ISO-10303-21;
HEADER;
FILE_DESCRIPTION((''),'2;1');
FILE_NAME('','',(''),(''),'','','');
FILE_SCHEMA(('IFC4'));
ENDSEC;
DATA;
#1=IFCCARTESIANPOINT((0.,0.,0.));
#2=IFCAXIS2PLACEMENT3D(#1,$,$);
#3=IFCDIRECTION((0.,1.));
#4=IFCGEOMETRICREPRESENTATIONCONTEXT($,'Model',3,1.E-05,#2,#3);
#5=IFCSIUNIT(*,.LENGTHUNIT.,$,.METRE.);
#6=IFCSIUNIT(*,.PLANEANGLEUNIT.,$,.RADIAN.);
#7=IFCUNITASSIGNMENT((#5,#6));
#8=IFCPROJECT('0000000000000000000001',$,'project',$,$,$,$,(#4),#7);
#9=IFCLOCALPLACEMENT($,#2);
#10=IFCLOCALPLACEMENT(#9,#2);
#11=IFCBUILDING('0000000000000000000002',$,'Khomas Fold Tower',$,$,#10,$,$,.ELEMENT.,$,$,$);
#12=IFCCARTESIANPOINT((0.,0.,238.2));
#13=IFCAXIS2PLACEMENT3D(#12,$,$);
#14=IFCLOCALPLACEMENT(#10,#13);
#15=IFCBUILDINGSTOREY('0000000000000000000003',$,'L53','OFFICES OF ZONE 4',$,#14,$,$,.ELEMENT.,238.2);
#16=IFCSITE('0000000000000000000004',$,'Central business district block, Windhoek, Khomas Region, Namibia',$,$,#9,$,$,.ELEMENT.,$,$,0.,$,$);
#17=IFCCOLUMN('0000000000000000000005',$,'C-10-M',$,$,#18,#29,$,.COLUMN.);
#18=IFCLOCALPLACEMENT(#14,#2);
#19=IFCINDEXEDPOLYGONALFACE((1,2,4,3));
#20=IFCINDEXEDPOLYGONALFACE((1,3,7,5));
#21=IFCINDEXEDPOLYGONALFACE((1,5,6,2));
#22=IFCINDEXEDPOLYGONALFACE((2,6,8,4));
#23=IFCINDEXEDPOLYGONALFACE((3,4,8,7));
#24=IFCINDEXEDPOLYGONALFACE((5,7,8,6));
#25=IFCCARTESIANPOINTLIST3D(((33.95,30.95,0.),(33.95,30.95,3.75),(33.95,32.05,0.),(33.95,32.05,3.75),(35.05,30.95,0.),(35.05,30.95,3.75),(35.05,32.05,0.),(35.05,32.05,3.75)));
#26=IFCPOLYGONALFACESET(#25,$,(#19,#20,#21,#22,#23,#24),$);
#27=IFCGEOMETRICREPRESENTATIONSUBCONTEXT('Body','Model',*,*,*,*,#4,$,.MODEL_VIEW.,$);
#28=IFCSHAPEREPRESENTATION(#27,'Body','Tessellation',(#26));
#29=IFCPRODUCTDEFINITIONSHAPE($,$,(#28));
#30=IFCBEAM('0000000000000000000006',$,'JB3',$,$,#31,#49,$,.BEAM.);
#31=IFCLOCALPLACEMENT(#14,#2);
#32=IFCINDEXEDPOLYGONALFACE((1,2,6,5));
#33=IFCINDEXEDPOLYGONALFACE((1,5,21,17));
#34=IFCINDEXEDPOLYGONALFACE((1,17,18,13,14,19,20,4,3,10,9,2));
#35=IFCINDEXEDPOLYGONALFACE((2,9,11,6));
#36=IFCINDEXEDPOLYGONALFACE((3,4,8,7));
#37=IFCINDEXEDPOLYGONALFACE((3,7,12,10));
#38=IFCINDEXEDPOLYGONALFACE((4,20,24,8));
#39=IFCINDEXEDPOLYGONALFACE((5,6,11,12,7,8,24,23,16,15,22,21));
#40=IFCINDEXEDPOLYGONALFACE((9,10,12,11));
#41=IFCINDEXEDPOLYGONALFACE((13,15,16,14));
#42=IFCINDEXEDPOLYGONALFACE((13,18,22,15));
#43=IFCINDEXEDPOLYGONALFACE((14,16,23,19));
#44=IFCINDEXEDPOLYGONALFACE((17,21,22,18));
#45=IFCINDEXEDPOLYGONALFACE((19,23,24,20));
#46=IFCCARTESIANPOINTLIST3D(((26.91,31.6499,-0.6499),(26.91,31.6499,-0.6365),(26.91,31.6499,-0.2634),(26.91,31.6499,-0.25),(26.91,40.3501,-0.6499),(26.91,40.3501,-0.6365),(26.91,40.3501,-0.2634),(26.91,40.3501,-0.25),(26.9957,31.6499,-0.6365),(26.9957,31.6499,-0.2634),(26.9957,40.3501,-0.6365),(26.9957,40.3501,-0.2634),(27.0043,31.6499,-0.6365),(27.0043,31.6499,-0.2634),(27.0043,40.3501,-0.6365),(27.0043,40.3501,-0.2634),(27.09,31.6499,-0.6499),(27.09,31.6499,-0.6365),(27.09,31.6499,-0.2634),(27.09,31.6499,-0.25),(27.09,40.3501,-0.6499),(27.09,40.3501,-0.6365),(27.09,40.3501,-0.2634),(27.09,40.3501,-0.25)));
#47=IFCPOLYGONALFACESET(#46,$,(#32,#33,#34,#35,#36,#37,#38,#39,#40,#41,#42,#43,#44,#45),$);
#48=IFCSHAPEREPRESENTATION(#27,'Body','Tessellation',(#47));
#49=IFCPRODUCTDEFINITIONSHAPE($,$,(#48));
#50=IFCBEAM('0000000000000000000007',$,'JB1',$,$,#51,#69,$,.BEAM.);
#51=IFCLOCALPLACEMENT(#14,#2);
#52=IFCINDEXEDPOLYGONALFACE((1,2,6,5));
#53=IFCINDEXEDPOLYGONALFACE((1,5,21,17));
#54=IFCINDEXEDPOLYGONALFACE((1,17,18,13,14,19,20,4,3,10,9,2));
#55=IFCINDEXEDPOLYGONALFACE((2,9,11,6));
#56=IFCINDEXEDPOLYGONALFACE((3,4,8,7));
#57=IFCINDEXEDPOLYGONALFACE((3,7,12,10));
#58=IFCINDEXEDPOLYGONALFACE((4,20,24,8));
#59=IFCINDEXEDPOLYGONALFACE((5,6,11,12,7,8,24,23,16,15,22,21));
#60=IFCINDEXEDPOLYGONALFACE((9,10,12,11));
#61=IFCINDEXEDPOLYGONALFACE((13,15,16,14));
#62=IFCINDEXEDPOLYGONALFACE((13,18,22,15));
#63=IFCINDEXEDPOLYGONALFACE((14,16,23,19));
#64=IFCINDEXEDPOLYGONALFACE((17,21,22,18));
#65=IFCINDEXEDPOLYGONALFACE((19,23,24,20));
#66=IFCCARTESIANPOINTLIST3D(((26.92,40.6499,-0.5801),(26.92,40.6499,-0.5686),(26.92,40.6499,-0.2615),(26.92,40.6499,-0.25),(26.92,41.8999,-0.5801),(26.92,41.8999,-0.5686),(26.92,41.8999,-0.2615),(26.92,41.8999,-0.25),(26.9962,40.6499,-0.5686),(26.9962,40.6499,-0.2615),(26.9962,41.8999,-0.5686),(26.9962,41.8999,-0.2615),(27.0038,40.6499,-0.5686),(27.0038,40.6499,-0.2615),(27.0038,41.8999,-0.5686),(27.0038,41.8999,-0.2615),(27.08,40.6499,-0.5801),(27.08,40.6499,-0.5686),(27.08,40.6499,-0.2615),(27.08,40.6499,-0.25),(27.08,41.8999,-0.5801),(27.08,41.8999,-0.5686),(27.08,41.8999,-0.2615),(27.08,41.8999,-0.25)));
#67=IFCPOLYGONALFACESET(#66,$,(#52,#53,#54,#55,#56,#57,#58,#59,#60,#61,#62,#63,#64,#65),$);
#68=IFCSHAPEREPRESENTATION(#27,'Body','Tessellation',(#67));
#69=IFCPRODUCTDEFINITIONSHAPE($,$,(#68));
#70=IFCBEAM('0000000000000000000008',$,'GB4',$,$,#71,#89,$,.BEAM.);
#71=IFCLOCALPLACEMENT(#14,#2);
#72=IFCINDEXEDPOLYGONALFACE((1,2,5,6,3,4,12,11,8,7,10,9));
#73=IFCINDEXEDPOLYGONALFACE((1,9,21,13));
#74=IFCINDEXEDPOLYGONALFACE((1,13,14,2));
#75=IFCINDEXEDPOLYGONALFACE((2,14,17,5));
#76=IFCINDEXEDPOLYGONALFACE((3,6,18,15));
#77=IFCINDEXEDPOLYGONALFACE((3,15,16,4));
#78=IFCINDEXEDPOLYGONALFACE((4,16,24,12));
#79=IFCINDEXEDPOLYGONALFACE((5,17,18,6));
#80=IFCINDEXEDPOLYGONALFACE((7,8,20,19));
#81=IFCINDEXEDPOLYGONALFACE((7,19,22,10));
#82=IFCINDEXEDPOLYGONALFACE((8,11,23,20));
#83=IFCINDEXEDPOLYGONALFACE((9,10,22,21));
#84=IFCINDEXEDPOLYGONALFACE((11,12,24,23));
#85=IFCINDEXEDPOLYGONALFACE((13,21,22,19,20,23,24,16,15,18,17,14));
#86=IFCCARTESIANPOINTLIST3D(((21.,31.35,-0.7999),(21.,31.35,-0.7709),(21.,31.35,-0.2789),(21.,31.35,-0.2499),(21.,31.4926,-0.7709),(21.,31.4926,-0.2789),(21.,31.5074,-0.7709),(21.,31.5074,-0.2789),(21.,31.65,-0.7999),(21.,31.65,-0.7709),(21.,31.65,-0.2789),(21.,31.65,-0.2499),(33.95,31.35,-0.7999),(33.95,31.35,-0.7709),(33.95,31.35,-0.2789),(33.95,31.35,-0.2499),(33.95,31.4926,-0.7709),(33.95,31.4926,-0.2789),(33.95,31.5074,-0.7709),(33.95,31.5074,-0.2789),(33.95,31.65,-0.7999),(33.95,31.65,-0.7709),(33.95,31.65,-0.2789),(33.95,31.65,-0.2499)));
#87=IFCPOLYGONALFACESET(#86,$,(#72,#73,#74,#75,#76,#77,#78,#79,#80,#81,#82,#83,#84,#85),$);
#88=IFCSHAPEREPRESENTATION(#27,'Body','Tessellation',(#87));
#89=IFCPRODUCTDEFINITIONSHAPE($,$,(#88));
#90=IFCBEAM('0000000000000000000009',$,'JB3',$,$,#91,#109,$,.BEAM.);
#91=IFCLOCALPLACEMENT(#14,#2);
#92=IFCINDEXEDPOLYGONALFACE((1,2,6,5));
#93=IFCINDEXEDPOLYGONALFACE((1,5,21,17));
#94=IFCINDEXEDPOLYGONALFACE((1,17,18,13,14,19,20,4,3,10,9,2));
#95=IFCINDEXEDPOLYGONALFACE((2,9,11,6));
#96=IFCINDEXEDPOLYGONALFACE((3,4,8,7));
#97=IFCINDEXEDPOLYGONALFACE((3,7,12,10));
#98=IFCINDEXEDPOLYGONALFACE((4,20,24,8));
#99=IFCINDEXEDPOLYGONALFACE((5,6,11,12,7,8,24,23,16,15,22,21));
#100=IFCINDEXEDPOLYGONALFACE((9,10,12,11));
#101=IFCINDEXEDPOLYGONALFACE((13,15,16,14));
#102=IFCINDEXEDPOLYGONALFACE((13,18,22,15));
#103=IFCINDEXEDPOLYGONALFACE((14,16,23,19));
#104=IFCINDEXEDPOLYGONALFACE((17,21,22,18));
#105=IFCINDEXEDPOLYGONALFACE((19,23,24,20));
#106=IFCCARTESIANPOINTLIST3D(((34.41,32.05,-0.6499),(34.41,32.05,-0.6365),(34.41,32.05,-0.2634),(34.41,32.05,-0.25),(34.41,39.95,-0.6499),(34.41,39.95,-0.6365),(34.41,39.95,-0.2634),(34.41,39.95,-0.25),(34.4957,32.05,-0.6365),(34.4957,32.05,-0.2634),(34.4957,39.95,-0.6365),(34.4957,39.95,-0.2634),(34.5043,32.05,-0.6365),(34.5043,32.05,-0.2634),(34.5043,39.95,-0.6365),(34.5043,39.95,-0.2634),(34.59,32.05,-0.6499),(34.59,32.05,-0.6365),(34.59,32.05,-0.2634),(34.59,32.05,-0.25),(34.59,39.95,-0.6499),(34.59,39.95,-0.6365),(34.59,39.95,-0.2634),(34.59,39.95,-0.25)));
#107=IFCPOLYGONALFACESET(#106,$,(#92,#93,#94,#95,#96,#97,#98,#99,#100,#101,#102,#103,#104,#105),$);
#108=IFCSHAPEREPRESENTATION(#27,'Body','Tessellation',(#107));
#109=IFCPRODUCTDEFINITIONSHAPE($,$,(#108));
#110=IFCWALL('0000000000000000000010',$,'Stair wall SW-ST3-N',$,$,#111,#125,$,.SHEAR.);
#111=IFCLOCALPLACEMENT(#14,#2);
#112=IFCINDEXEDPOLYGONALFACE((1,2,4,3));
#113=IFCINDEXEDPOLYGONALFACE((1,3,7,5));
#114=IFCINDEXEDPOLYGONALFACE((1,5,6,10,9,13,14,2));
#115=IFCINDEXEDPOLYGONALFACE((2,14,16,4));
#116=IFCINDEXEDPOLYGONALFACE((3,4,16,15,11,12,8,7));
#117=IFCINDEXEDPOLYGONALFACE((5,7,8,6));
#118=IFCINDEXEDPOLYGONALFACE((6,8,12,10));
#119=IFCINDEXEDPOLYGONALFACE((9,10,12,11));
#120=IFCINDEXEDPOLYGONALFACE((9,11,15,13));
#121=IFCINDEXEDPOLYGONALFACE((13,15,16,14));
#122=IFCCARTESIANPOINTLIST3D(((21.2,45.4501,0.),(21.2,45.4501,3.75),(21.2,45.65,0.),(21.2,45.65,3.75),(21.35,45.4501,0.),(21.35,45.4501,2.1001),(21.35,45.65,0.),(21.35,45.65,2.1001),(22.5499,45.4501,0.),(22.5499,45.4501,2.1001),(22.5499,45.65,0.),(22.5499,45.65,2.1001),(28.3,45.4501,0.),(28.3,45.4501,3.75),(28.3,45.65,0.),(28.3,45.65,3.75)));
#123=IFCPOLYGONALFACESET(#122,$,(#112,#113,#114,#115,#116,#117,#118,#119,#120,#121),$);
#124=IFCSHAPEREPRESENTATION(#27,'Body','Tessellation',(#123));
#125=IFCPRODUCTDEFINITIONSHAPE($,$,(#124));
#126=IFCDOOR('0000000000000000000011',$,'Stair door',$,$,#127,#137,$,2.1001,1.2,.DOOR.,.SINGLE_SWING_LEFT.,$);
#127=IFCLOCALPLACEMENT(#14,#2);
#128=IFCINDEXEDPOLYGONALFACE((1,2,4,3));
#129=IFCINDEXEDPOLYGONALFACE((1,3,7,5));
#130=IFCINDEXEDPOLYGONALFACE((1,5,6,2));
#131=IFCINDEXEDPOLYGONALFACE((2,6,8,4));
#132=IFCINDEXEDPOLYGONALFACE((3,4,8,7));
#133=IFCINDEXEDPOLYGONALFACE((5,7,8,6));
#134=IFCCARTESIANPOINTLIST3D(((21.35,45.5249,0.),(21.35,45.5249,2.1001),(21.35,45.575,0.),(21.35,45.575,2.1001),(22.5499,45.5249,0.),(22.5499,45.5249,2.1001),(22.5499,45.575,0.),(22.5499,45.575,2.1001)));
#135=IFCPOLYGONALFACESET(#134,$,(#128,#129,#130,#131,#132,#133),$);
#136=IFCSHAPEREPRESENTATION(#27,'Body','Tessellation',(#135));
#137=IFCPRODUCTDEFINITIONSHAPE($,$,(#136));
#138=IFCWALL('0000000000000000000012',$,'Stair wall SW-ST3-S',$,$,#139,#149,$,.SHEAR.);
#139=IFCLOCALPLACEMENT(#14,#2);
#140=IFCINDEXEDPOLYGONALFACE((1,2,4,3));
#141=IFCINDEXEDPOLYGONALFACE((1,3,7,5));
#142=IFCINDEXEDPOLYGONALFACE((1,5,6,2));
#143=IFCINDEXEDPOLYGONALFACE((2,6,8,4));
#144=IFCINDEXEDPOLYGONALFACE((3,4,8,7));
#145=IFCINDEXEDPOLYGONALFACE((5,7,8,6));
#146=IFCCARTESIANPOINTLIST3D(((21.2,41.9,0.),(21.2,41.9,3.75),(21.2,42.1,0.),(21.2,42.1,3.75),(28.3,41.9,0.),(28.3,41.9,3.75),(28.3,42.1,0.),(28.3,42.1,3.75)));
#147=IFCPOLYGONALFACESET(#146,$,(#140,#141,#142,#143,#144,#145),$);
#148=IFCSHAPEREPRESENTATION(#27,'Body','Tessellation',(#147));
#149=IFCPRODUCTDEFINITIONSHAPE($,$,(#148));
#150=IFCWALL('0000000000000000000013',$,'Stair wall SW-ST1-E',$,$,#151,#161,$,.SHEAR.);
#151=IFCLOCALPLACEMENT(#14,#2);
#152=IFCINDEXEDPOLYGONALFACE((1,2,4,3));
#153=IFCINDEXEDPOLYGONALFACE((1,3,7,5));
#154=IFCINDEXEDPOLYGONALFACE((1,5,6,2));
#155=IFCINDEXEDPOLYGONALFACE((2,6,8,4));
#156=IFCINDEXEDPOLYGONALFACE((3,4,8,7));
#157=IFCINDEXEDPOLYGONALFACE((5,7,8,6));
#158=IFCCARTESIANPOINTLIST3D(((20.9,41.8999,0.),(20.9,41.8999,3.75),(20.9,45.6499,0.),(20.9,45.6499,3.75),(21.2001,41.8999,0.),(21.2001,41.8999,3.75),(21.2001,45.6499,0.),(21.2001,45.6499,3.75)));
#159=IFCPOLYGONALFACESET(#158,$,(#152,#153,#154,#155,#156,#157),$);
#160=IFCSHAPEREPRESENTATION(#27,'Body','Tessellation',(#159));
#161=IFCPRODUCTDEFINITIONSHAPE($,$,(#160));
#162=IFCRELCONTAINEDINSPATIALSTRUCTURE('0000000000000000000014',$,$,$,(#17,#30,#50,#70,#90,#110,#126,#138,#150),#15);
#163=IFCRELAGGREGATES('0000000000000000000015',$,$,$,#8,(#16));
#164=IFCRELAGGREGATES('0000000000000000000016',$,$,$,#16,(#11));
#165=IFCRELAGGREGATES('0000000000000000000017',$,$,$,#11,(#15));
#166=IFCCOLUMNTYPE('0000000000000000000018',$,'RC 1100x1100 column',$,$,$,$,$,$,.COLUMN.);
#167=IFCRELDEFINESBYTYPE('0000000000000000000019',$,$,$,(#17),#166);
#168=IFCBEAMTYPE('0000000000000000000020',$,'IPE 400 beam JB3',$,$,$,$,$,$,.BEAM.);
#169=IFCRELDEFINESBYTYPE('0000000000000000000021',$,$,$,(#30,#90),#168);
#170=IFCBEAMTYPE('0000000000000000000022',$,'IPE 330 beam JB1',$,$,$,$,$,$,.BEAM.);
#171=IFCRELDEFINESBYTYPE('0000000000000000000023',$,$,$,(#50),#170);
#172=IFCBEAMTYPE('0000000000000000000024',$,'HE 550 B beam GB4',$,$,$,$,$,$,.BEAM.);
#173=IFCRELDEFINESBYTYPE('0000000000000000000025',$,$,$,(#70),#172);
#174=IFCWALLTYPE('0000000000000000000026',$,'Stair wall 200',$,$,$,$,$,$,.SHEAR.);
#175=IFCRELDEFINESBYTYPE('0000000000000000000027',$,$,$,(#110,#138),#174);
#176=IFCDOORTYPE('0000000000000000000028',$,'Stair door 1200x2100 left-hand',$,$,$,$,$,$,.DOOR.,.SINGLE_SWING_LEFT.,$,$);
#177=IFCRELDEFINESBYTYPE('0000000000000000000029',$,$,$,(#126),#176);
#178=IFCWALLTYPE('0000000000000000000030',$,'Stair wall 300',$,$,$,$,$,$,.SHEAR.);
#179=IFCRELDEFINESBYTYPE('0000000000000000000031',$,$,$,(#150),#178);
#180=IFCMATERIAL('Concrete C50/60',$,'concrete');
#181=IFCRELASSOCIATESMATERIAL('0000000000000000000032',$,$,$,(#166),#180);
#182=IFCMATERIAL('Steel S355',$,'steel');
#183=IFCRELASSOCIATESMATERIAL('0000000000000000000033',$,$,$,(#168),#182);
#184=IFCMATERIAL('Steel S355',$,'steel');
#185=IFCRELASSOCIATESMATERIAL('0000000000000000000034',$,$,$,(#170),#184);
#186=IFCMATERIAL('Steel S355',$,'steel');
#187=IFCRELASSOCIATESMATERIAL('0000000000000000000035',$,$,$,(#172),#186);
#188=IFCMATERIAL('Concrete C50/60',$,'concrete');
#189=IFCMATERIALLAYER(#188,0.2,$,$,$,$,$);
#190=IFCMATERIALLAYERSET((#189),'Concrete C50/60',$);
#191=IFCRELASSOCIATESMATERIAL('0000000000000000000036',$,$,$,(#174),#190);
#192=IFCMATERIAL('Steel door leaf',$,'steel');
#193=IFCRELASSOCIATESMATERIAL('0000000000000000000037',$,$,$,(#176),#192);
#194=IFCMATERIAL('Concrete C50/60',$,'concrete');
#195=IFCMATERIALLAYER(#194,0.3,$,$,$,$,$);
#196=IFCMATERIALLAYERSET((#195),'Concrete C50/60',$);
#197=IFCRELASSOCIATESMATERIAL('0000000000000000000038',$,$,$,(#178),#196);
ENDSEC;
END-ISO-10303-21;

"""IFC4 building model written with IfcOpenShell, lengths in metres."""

from ifc_helpers import new_model, si_unit, direction, frame, frame_2d, origin, origin_2d, place, context, subcontext, project, spatial, rectangle, i_section, extrude, source, transform, mapped, material, layer, layer_set, material_profile, profile_set, type_object, element, fill, save


model = new_model("IFC4")

# Units and contexts
model_context = context("Model", 3, precision=1e-05, world=origin(), true_north=direction((0.0, 1.0)))
body_context = subcontext(model_context, "Body", "Model", "MODEL_VIEW")
ifc_project = project(units=[si_unit("LENGTHUNIT", "METRE"), si_unit("PLANEANGLEUNIT", "RADIAN")], contexts=[model_context])

# Site, building, storey
site_placement = place(None, origin())
site = spatial("IfcSite", under=ifc_project, at=site_placement, Name="Central business district block, Windhoek, Khomas Region, Namibia", CompositionType="ELEMENT", RefElevation=0.0)
building_placement = place(site_placement, origin())
building = spatial("IfcBuilding", under=site, at=building_placement, Name="Khomas Fold Tower", CompositionType="ELEMENT")
storey_placement = place(building_placement, frame((0.0, 0.0, 238.2)))
storey = spatial("IfcBuildingStorey", under=building, at=storey_placement, Name="L53", Description="OFFICES OF ZONE 4", CompositionType="ELEMENT", Elevation=238.2)

# Column
ifc_material_1 = material(Name="Concrete C50/60", Category="concrete")
ifc_material_profile_1 = material_profile(ifc_material_1, rectangle(XDim=1.1001, YDim=1.1001, at=origin_2d()), Name="RC 1100x1100")
ifc_profile_set_1 = profile_set([ifc_material_profile_1], Name="Concrete C50/60")
column_type = type_object("IfcColumnType", Name="RC 1100x1100 column", PredefinedType="COLUMN", material=ifc_profile_set_1)
shared_shape_1 = source(origin(), body_context, "Body", "SweptSolid", [
    extrude(rectangle(XDim=1.1001, YDim=1.1001, at=origin_2d()), origin(), (0.0, 0.0, 1.0), 3.75),
])
column_placement = place(storey_placement, frame((34.5, 31.5, 0.0), z_axis=(0.0, 0.0, 1.0), x_axis=(1.0, 0.0, 0.0)))
element("IfcColumn", 1, at=column_placement, inside=storey, type_object=column_type, Name="C-10-M", PredefinedType="COLUMN", context=body_context, shape_type="MappedRepresentation", body=[
    mapped(shared_shape_1, transform((0.0, 0.0, 0.0))),
])

# Beams
ifc_material_2 = material(Name="Steel S355", Category="steel")
ifc_material_profile_2 = material_profile(ifc_material_2, i_section(OverallWidth=0.1799, OverallDepth=0.3999, WebThickness=0.0085, FlangeThickness=0.0134, at=origin_2d()), Name="IPE 400")
ifc_profile_set_2 = profile_set([ifc_material_profile_2], Name="Steel S355")
beam_type_1 = type_object("IfcBeamType", Name="IPE 400 beam JB3", PredefinedType="BEAM", material=ifc_profile_set_2)
shared_shape_2 = source(origin(), body_context, "Body", "SweptSolid", [
    extrude(i_section(OverallWidth=0.1799, OverallDepth=0.3999, WebThickness=0.0085, FlangeThickness=0.0134, at=origin_2d()), origin(), (0.0, 0.0, 1.0), 8.7002),
])
beam_1_placement = place(storey_placement, frame((27.0, 31.6499, -0.45), z_axis=(0.0, 1.0, 0.0), x_axis=(-1.0, 0.0, 0.0)))
element("IfcBeam", 2, at=beam_1_placement, inside=storey, type_object=beam_type_1, Name="JB3", PredefinedType="BEAM", context=body_context, shape_type="MappedRepresentation", body=[
    mapped(shared_shape_2, transform((0.0, 0.0, 0.0))),
])
ifc_material_3 = material(Name="Steel S355", Category="steel")
ifc_material_profile_3 = material_profile(ifc_material_3, i_section(OverallWidth=0.1599, OverallDepth=0.3301, WebThickness=0.0076, FlangeThickness=0.0115, at=origin_2d()), Name="IPE 330")
ifc_profile_set_3 = profile_set([ifc_material_profile_3], Name="Steel S355")
beam_type_2 = type_object("IfcBeamType", Name="IPE 330 beam JB1", PredefinedType="BEAM", material=ifc_profile_set_3)
shared_shape_3 = source(origin(), body_context, "Body", "SweptSolid", [
    extrude(i_section(OverallWidth=0.1599, OverallDepth=0.3301, WebThickness=0.0076, FlangeThickness=0.0115, at=origin_2d()), origin(), (0.0, 0.0, 1.0), 1.25),
])
beam_2_placement = place(storey_placement, frame((27.0, 40.6499, -0.415), z_axis=(0.0, 1.0, 0.0), x_axis=(-1.0, 0.0, 0.0)))
element("IfcBeam", 3, at=beam_2_placement, inside=storey, type_object=beam_type_2, Name="JB1", PredefinedType="BEAM", context=body_context, shape_type="MappedRepresentation", body=[
    mapped(shared_shape_3, transform((0.0, 0.0, 0.0))),
])
ifc_material_4 = material(Name="Steel S355", Category="steel")
ifc_material_profile_4 = material_profile(ifc_material_4, i_section(OverallWidth=0.3, OverallDepth=0.55, WebThickness=0.0149, FlangeThickness=0.0291, at=origin_2d()), Name="HE 550 B")
ifc_profile_set_4 = profile_set([ifc_material_profile_4], Name="Steel S355")
beam_type_3 = type_object("IfcBeamType", Name="HE 550 B beam GB4", PredefinedType="BEAM", material=ifc_profile_set_4)
shared_shape_4 = source(origin(), body_context, "Body", "SweptSolid", [
    extrude(i_section(OverallWidth=0.3, OverallDepth=0.55, WebThickness=0.0149, FlangeThickness=0.0291, at=origin_2d()), origin(), (0.0, 0.0, 1.0), 12.95),
])
beam_3_placement = place(storey_placement, frame((21.0, 31.5, -0.5249), z_axis=(1.0, 0.0, 0.0), x_axis=(0.0, 1.0, 0.0)))
element("IfcBeam", 4, at=beam_3_placement, inside=storey, type_object=beam_type_3, Name="GB4", PredefinedType="BEAM", context=body_context, shape_type="MappedRepresentation", body=[
    mapped(shared_shape_4, transform((0.0, 0.0, 0.0))),
])
shared_shape_5 = source(origin(), body_context, "Body", "SweptSolid", [
    extrude(i_section(OverallWidth=0.1799, OverallDepth=0.3999, WebThickness=0.0085, FlangeThickness=0.0134, at=origin_2d()), origin(), (0.0, 0.0, 1.0), 7.8999),
])
beam_4_placement = place(storey_placement, frame((34.5, 32.05, -0.45), z_axis=(0.0, 1.0, 0.0), x_axis=(-1.0, 0.0, 0.0)))
element("IfcBeam", 5, at=beam_4_placement, inside=storey, type_object=beam_type_1, Name="JB3", PredefinedType="BEAM", context=body_context, shape_type="MappedRepresentation", body=[
    mapped(shared_shape_5, transform((0.0, 0.0, 0.0))),
])

# Wall, opening, door
ifc_material_5 = material(Name="Concrete C50/60", Category="concrete")
ifc_layer_1 = layer(ifc_material_5, 0.2)
ifc_layer_set_1 = layer_set([ifc_layer_1], Name="Concrete C50/60")
wall_type_1 = type_object("IfcWallType", Name="Stair wall 200", PredefinedType="SHEAR", material=ifc_layer_set_1)
shared_shape_6 = source(origin(), body_context, "Body", "SweptSolid", [
    extrude(rectangle(XDim=7.1001, YDim=0.2, at=frame_2d((3.55, 0.0))), origin(), (0.0, 0.0, 1.0), 3.75),
])
wall_1_placement = place(storey_placement, frame((21.2, 45.55, 0.0), z_axis=(0.0, 0.0, 1.0), x_axis=(1.0, 0.0, 0.0)))
wall_1 = element("IfcWall", 6, at=wall_1_placement, inside=storey, type_object=wall_type_1, Name="Stair wall SW-ST3-N", PredefinedType="SHEAR", context=body_context, shape_type="MappedRepresentation", body=[
    mapped(shared_shape_6, transform((0.0, 0.0, 0.0))),
])
shared_shape_7 = source(origin(), body_context, "Body", "SweptSolid", [
    extrude(rectangle(XDim=1.2, YDim=2.1001, at=frame_2d((0.6001, 1.05))), frame((0.0, 0.1099, 0.0), z_axis=(0.0, -1.0, 0.0), x_axis=(1.0, 0.0, 0.0)), (0.0, 0.0, 1.0), 0.22),
])
opening_placement = place(wall_1_placement, frame((0.1499, 0.0, 0.0)))
opening = element("IfcOpeningElement", 7, at=opening_placement, cuts=wall_1, PredefinedType="OPENING", context=body_context, shape_type="MappedRepresentation", body=[
    mapped(shared_shape_7, transform((0.0, 0.0, 0.0))),
])
ifc_material_6 = material(Name="Steel door leaf", Category="steel")
door_type = type_object("IfcDoorType", Name="Stair door 1200x2100 left-hand", OperationType="SINGLE_SWING_LEFT", PredefinedType="DOOR", material=ifc_material_6)
shared_shape_8 = source(origin(), body_context, "Body", "SweptSolid", [
    extrude(rectangle(XDim=1.2, YDim=2.1001, at=frame_2d((0.6001, 1.05))), frame((0.0, 0.0249, 0.0), z_axis=(0.0, -1.0, 0.0), x_axis=(1.0, 0.0, 0.0)), (0.0, 0.0, 1.0), 0.05),
])
door_placement = place(opening_placement, origin())
door = element("IfcDoor", 8, at=door_placement, inside=storey, type_object=door_type, Name="Stair door", OperationType="SINGLE_SWING_LEFT", OverallHeight=2.1001, OverallWidth=1.2, PredefinedType="DOOR", context=body_context, shape_type="MappedRepresentation", body=[
    mapped(shared_shape_8, transform((0.0, 0.0, 0.0))),
])
fill(opening, door)

# Walls
wall_2_placement = place(storey_placement, frame((21.2, 42.0, 0.0), z_axis=(0.0, 0.0, 1.0), x_axis=(1.0, 0.0, 0.0)))
element("IfcWall", 9, at=wall_2_placement, inside=storey, type_object=wall_type_1, Name="Stair wall SW-ST3-S", PredefinedType="SHEAR", context=body_context, shape_type="MappedRepresentation", body=[
    mapped(shared_shape_6, transform((0.0, 0.0, 0.0))),
])
ifc_material_7 = material(Name="Concrete C50/60", Category="concrete")
ifc_layer_2 = layer(ifc_material_7, 0.3)
ifc_layer_set_2 = layer_set([ifc_layer_2], Name="Concrete C50/60")
wall_type_2 = type_object("IfcWallType", Name="Stair wall 300", PredefinedType="SHEAR", material=ifc_layer_set_2)
shared_shape_9 = source(origin(), body_context, "Body", "SweptSolid", [
    extrude(rectangle(XDim=3.75, YDim=0.3, at=frame_2d((1.875, 0.0))), origin(), (0.0, 0.0, 1.0), 3.75),
])
wall_3_placement = place(storey_placement, frame((21.05, 41.8999, 0.0), z_axis=(0.0, 0.0, 1.0), x_axis=(0.0, 1.0, 0.0)))
element("IfcWall", 10, at=wall_3_placement, inside=storey, type_object=wall_type_2, Name="Stair wall SW-ST1-E", PredefinedType="SHEAR", context=body_context, shape_type="MappedRepresentation", body=[
    mapped(shared_shape_9, transform((0.0, 0.0, 0.0))),
])

save(model, "model.ifc")
